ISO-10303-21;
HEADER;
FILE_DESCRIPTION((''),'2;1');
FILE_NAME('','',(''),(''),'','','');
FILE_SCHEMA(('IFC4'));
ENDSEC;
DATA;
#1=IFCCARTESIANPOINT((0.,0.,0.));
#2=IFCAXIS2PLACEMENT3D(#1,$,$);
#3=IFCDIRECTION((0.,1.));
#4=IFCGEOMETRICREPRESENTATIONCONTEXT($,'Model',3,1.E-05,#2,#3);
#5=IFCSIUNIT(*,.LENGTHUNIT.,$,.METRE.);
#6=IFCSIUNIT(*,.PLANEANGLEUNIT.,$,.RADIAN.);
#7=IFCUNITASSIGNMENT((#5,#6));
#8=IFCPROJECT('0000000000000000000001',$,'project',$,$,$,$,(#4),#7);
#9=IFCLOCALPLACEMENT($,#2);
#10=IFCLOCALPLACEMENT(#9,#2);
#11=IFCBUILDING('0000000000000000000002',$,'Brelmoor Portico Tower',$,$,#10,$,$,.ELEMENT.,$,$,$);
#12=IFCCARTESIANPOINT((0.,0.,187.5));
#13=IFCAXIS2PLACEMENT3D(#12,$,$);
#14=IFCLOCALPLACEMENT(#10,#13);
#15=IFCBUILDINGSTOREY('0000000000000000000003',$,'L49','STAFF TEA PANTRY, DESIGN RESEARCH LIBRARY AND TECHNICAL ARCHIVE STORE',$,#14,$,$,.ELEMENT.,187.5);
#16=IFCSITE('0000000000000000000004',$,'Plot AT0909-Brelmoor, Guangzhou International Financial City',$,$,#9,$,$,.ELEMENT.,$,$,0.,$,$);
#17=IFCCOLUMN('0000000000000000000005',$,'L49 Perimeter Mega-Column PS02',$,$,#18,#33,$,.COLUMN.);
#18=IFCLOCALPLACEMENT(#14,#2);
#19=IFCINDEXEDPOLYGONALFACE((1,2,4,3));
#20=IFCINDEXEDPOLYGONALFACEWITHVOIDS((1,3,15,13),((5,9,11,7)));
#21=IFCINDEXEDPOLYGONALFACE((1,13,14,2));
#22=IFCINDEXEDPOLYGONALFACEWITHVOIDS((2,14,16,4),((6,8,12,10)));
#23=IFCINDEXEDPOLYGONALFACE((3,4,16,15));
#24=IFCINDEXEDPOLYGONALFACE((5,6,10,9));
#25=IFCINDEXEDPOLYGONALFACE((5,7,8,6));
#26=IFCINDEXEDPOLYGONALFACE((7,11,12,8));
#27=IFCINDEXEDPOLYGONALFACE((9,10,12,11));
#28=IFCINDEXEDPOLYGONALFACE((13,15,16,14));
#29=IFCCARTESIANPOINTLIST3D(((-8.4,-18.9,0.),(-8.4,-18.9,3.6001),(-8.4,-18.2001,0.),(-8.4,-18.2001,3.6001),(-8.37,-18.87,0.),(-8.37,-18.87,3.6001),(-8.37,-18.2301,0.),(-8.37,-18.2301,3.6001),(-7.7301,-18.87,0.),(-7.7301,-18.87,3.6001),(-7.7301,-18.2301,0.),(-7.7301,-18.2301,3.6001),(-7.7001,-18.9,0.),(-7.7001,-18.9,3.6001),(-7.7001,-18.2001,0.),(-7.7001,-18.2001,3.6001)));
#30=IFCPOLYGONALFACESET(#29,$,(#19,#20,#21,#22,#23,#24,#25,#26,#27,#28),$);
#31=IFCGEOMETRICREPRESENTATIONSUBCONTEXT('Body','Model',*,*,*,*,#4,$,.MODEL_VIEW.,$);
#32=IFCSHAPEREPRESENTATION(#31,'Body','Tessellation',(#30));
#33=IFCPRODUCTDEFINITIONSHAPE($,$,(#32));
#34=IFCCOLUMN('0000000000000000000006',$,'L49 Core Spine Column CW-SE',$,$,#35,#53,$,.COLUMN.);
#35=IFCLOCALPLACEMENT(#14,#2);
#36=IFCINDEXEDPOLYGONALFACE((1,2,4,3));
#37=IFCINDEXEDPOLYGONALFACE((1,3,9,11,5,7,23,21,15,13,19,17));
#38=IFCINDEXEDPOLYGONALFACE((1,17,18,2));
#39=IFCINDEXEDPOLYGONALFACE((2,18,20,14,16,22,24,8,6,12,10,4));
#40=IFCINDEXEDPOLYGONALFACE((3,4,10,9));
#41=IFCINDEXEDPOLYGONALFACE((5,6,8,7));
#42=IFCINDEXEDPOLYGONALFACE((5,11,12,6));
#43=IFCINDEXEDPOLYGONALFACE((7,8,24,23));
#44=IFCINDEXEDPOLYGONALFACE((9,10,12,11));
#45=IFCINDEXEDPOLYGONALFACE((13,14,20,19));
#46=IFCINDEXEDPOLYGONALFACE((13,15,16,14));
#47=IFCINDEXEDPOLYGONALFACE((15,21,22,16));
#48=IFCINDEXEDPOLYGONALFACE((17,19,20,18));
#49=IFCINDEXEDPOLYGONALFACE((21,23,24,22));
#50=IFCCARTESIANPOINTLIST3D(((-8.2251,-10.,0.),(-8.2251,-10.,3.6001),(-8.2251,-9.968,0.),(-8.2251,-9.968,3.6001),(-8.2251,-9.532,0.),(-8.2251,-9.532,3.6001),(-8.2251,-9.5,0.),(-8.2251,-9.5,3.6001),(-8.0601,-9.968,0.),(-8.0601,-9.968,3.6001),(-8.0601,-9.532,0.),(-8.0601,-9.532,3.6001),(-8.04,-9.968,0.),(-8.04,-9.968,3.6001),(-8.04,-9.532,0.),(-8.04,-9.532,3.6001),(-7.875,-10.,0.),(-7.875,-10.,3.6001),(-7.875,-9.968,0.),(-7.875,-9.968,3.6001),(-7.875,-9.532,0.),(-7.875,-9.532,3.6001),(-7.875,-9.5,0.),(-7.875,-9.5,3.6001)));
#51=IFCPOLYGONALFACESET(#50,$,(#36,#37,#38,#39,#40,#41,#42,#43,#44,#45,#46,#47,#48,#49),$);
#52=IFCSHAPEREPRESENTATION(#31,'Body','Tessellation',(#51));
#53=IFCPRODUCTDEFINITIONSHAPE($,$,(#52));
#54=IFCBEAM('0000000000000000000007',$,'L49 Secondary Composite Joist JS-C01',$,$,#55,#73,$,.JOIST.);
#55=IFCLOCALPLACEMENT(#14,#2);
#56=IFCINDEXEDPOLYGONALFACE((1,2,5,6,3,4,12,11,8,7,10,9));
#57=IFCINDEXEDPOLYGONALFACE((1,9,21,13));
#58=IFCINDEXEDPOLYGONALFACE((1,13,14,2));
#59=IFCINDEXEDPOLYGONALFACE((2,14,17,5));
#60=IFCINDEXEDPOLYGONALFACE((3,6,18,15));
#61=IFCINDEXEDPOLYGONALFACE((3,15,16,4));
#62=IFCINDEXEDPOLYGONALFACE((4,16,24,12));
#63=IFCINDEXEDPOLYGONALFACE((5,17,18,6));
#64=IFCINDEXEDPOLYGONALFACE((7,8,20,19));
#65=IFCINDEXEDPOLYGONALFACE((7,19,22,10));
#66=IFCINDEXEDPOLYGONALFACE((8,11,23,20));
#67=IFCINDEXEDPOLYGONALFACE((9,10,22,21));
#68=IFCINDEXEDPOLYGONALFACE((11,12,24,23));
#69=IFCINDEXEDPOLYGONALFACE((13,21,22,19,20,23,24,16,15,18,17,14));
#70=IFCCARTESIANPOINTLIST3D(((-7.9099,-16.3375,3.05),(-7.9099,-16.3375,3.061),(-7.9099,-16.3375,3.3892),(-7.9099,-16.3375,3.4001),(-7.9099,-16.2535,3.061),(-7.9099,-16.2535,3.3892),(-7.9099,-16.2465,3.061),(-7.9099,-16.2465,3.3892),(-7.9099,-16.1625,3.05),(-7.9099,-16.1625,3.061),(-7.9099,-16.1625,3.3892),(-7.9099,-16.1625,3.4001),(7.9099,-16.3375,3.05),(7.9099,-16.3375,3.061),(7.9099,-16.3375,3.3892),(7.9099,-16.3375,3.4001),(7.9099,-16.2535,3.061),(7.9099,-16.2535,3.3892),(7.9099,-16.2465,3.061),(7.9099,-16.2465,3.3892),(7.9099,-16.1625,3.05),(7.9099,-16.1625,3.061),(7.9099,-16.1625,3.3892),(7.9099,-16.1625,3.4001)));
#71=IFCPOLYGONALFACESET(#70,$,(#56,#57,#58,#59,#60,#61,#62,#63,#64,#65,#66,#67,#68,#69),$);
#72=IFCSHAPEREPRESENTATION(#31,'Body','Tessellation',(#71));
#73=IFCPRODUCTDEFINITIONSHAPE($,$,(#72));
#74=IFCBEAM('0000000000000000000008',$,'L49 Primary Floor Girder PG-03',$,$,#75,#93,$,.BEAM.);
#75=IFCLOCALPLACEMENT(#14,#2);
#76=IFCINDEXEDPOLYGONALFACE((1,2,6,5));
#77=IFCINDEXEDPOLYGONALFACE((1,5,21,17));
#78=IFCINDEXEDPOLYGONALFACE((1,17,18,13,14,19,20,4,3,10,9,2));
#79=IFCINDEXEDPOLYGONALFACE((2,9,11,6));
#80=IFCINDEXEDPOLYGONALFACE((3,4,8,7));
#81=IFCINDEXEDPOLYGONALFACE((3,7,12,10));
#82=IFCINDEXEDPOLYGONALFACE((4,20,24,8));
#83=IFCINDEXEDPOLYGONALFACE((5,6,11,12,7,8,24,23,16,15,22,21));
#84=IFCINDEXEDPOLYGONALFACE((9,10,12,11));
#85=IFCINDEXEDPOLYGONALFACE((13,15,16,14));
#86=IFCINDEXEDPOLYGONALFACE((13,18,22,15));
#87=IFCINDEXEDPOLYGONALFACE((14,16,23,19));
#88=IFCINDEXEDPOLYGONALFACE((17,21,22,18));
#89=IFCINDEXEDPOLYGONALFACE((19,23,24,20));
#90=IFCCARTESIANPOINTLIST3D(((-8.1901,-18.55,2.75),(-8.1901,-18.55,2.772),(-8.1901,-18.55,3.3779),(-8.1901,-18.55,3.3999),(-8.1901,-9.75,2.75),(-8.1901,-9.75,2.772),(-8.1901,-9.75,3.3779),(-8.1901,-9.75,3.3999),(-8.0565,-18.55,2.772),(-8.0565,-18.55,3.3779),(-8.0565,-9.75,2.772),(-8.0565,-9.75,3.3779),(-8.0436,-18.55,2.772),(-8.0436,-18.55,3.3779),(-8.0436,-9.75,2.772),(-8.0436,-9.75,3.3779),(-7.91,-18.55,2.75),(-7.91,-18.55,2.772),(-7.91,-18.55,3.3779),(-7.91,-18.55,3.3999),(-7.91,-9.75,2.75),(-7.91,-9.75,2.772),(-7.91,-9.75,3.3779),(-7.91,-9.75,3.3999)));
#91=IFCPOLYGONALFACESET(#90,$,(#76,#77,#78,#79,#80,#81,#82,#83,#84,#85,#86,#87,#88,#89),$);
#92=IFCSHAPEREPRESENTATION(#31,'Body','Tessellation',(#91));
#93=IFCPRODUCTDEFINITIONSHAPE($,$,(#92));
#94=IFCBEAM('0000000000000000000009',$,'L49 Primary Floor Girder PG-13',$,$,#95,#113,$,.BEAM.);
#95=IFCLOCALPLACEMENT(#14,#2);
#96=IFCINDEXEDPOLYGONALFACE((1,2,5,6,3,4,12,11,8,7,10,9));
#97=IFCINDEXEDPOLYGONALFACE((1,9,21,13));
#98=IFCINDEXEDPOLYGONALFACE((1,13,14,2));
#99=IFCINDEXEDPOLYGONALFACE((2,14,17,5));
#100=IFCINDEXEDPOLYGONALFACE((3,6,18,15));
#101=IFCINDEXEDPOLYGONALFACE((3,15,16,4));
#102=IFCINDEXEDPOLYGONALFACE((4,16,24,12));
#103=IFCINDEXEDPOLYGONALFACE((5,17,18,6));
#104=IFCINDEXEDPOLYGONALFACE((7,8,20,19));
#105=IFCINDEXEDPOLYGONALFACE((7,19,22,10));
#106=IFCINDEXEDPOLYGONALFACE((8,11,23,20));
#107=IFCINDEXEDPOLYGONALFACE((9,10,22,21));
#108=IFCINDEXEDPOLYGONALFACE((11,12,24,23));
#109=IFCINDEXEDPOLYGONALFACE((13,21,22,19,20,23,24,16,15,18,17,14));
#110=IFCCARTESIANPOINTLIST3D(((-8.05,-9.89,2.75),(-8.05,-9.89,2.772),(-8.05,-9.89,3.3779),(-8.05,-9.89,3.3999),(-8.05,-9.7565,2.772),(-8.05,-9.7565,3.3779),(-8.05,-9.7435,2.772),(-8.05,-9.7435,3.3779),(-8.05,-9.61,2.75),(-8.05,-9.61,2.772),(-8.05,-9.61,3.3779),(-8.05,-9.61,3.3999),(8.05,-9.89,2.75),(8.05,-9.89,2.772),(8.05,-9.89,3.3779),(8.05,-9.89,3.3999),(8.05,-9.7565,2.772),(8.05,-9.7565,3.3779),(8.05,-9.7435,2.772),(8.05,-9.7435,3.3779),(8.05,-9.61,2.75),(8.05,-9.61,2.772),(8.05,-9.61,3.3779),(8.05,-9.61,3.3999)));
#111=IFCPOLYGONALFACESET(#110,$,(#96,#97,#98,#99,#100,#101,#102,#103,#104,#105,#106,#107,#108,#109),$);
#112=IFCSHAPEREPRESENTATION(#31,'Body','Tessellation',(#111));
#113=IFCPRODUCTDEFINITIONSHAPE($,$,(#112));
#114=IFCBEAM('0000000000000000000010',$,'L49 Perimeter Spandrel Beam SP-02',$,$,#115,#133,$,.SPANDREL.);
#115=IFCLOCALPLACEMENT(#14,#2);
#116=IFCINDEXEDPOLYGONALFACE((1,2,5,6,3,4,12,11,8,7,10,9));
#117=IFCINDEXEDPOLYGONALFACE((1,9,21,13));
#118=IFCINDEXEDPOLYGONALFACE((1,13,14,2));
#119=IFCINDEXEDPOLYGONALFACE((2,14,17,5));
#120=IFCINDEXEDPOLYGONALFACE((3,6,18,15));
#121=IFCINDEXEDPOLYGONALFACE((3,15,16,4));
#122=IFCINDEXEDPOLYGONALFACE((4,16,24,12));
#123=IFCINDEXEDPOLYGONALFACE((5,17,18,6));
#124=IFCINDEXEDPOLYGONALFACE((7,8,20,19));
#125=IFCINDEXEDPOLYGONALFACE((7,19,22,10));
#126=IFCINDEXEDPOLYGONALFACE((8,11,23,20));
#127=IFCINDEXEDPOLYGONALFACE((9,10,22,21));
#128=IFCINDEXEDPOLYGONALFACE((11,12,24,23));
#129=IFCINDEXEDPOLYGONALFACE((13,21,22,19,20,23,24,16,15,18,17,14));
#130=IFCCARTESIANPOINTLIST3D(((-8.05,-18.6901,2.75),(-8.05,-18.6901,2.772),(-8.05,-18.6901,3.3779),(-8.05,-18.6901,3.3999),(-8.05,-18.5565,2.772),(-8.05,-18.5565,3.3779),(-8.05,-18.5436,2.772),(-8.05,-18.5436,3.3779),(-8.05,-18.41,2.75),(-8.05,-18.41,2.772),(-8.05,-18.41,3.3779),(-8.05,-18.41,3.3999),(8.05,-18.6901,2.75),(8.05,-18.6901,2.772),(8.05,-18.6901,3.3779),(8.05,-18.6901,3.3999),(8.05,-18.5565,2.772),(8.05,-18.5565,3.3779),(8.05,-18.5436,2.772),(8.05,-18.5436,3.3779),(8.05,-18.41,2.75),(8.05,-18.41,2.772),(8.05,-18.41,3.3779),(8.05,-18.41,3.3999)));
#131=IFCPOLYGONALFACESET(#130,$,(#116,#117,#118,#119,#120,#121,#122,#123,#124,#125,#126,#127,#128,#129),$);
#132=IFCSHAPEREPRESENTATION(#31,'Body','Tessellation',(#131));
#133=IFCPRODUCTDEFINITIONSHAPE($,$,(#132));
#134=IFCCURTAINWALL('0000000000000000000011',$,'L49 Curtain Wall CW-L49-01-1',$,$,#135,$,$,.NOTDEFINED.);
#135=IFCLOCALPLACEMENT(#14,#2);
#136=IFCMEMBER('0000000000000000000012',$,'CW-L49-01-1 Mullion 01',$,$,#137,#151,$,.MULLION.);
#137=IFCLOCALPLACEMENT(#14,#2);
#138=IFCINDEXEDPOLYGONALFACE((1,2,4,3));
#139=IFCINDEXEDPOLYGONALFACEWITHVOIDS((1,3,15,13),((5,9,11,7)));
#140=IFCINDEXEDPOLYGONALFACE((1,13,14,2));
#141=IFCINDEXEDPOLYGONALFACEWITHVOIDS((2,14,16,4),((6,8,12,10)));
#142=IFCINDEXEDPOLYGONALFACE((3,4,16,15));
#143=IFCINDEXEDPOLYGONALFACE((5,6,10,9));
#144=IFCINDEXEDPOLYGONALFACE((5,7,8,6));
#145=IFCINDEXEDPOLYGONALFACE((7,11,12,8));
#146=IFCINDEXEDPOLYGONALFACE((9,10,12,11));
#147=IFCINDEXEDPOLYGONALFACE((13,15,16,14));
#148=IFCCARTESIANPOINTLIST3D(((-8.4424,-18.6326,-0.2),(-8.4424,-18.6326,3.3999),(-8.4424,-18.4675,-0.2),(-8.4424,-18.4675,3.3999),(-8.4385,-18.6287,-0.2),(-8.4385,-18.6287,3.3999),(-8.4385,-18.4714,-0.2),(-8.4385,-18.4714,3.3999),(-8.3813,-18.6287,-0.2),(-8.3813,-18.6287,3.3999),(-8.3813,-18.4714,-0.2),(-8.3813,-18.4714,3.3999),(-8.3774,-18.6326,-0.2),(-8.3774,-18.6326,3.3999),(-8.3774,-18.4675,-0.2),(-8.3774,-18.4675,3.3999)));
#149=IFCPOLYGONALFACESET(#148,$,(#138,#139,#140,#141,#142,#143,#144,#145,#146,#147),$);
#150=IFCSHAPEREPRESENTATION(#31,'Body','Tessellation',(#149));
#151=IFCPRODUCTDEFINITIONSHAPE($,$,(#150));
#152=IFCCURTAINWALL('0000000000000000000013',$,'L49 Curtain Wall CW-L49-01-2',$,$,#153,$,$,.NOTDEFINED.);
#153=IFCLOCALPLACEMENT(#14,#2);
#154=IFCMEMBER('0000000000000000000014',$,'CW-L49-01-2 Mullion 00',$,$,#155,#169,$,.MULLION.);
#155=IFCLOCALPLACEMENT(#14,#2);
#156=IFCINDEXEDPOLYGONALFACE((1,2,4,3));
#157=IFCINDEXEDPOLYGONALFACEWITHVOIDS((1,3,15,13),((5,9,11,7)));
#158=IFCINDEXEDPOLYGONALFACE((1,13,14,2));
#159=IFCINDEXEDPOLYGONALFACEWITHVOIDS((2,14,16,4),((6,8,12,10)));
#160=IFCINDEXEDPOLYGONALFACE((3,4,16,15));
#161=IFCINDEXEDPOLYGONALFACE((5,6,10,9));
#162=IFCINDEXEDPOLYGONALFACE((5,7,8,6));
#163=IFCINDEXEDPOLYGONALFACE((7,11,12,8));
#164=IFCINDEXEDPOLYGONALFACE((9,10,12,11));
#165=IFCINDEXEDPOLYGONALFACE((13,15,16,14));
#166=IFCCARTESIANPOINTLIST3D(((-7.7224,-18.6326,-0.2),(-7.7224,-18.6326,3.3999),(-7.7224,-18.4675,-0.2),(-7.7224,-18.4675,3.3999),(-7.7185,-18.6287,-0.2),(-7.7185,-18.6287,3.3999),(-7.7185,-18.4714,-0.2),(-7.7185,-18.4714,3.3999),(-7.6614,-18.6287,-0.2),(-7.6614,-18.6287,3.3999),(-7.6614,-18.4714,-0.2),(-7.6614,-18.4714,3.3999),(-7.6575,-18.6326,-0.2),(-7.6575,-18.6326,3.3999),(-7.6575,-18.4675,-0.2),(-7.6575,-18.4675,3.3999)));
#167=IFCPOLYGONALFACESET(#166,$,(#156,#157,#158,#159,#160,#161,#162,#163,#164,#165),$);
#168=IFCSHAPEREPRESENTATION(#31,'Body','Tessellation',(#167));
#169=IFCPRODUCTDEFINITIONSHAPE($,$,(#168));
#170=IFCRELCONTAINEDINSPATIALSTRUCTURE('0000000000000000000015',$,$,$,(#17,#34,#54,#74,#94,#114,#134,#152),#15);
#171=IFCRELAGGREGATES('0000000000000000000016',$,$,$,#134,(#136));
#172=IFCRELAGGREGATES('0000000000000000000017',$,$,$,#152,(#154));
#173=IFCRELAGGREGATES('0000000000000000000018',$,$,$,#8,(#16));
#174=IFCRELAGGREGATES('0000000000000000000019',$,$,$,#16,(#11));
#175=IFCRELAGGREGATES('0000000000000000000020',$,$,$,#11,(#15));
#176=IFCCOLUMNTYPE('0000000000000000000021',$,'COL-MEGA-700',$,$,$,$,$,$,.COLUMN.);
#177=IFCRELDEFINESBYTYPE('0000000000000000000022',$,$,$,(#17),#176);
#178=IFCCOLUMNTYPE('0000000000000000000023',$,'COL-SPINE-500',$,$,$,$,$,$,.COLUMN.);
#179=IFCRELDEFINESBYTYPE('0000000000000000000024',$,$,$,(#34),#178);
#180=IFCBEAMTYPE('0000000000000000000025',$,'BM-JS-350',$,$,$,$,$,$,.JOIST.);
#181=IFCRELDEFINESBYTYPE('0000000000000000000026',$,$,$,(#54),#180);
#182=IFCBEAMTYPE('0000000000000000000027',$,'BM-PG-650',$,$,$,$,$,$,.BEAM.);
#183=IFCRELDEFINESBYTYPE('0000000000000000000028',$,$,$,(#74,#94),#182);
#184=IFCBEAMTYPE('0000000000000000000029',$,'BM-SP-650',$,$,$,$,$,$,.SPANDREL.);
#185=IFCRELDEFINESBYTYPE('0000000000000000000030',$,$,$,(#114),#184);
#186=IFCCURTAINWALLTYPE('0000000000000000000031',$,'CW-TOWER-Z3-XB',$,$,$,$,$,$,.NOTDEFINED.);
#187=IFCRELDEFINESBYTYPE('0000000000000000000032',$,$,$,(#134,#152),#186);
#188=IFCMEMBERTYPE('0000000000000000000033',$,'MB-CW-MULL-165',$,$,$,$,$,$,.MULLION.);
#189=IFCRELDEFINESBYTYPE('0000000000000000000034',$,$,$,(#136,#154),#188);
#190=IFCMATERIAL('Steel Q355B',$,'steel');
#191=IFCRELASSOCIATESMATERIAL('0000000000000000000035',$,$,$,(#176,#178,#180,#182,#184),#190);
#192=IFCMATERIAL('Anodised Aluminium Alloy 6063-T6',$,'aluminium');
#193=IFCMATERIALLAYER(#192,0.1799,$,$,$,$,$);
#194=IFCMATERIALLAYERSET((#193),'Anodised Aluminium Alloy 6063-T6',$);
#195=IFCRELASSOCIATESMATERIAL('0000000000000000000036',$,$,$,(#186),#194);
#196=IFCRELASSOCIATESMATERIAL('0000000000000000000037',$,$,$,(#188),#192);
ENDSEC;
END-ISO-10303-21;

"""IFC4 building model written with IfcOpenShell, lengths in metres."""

from ifc_helpers import new_model, si_unit, direction, frame, origin, origin_2d, place, context, subcontext, project, spatial, hollow_rectangle, i_section, extrude, material, layer, layer_set, material_profile, profile_set, type_object, element, aggregate, save


model = new_model("IFC4")

# Units and contexts
model_context = context("Model", 3, precision=1e-05, world=origin(), true_north=direction((0.0, 1.0)))
body_context = subcontext(model_context, "Body", "Model", "MODEL_VIEW")
ifc_project = project(units=[si_unit("LENGTHUNIT", "METRE"), si_unit("PLANEANGLEUNIT", "RADIAN")], contexts=[model_context])

# Site, building, storey
site_placement = place(None, origin())
site = spatial("IfcSite", under=ifc_project, at=site_placement, Name="Plot AT0909-Brelmoor, Guangzhou International Financial City", CompositionType="ELEMENT", RefElevation=0.0)
building_placement = place(site_placement, origin())
building = spatial("IfcBuilding", under=site, at=building_placement, Name="Brelmoor Portico Tower", CompositionType="ELEMENT")
storey_placement = place(building_placement, frame((0.0, 0.0, 187.5)))
storey = spatial("IfcBuildingStorey", under=building, at=storey_placement, Name="L49", Description="STAFF TEA PANTRY, DESIGN RESEARCH LIBRARY AND TECHNICAL ARCHIVE STORE", CompositionType="ELEMENT", Elevation=187.5)

# Columns
ifc_material_1 = material(Name="Steel Q355B", Category="steel")
ifc_material_profile_1 = material_profile(ifc_material_1, hollow_rectangle(XDim=0.7, YDim=0.7, WallThickness=0.03, at=origin_2d()), Name="BOX 700x700x30")
ifc_profile_set_1 = profile_set([ifc_material_profile_1], Name="Steel Q355B")
column_type_1 = type_object("IfcColumnType", Name="COL-MEGA-700", PredefinedType="COLUMN", material=ifc_profile_set_1)
column_1_placement = place(storey_placement, frame((-8.05, -18.55, 0.0), z_axis=(0.0, 0.0, 1.0), x_axis=(1.0, 0.0, 0.0)))
element("IfcColumn", 1, at=column_1_placement, inside=storey, type_object=column_type_1, Name="L49 Perimeter Mega-Column PS02", PredefinedType="COLUMN", context=body_context, shape_type="SweptSolid", body=[
    extrude(hollow_rectangle(XDim=0.7, YDim=0.7, WallThickness=0.03, at=origin_2d()), origin(), (0.0, 0.0, 1.0), 3.6001),
])
ifc_material_profile_2 = material_profile(ifc_material_1, i_section(OverallWidth=0.3501, OverallDepth=0.5, WebThickness=0.02, FlangeThickness=0.032, at=origin_2d()), Name="HW 500x350x20x32")
ifc_profile_set_2 = profile_set([ifc_material_profile_2], Name="Steel Q355B")
column_type_2 = type_object("IfcColumnType", Name="COL-SPINE-500", PredefinedType="COLUMN", material=ifc_profile_set_2)
column_2_placement = place(storey_placement, frame((-8.05, -9.75, 0.0), z_axis=(0.0, 0.0, 1.0), x_axis=(1.0, 0.0, 0.0)))
element("IfcColumn", 2, at=column_2_placement, inside=storey, type_object=column_type_2, Name="L49 Core Spine Column CW-SE", PredefinedType="COLUMN", context=body_context, shape_type="SweptSolid", body=[
    extrude(i_section(OverallWidth=0.3501, OverallDepth=0.5, WebThickness=0.02, FlangeThickness=0.032, at=origin_2d()), origin(), (0.0, 0.0, 1.0), 3.6001),
])

# Beams
ifc_material_profile_3 = material_profile(ifc_material_1, i_section(OverallWidth=0.175, OverallDepth=0.3501, WebThickness=0.0071, FlangeThickness=0.011, at=origin_2d()), Name="HN 350x175x7x11")
ifc_profile_set_3 = profile_set([ifc_material_profile_3], Name="Steel Q355B")
beam_type_1 = type_object("IfcBeamType", Name="BM-JS-350", PredefinedType="JOIST", material=ifc_profile_set_3)
beam_1_placement = place(storey_placement, frame((-7.9099, -16.25, 3.2251), z_axis=(1.0, 0.0, 0.0), x_axis=(0.0, 1.0, 0.0)))
element("IfcBeam", 3, at=beam_1_placement, inside=storey, type_object=beam_type_1, Name="L49 Secondary Composite Joist JS-C01", PredefinedType="JOIST", context=body_context, shape_type="SweptSolid", body=[
    extrude(i_section(OverallWidth=0.175, OverallDepth=0.3501, WebThickness=0.0071, FlangeThickness=0.011, at=origin_2d()), origin(), (0.0, 0.0, 1.0), 15.8198),
])
ifc_material_profile_4 = material_profile(ifc_material_1, i_section(OverallWidth=0.28, OverallDepth=0.6499, WebThickness=0.0129, FlangeThickness=0.022, at=origin_2d()), Name="HN 650x280x13x22")
ifc_profile_set_4 = profile_set([ifc_material_profile_4], Name="Steel Q355B")
beam_type_2 = type_object("IfcBeamType", Name="BM-PG-650", PredefinedType="BEAM", material=ifc_profile_set_4)
beam_2_placement = place(storey_placement, frame((-8.05, -18.55, 3.075), z_axis=(0.0, 1.0, 0.0), x_axis=(-1.0, 0.0, 0.0)))
element("IfcBeam", 4, at=beam_2_placement, inside=storey, type_object=beam_type_2, Name="L49 Primary Floor Girder PG-03", PredefinedType="BEAM", context=body_context, shape_type="SweptSolid", body=[
    extrude(i_section(OverallWidth=0.28, OverallDepth=0.6499, WebThickness=0.0129, FlangeThickness=0.022, at=origin_2d()), origin(), (0.0, 0.0, 1.0), 8.8),
])
beam_3_placement = place(storey_placement, frame((-8.05, -9.75, 3.075), z_axis=(1.0, 0.0, 0.0), x_axis=(0.0, 1.0, 0.0)))
element("IfcBeam", 5, at=beam_3_placement, inside=storey, type_object=beam_type_2, Name="L49 Primary Floor Girder PG-13", PredefinedType="BEAM", context=body_context, shape_type="SweptSolid", body=[
    extrude(i_section(OverallWidth=0.28, OverallDepth=0.6499, WebThickness=0.0129, FlangeThickness=0.022, at=origin_2d()), origin(), (0.0, 0.0, 1.0), 16.1001),
])
ifc_material_profile_5 = material_profile(ifc_material_1, i_section(OverallWidth=0.28, OverallDepth=0.6499, WebThickness=0.0129, FlangeThickness=0.022, at=origin_2d()), Name="HN 650x280x13x22")
ifc_profile_set_5 = profile_set([ifc_material_profile_5], Name="Steel Q355B")
beam_type_3 = type_object("IfcBeamType", Name="BM-SP-650", PredefinedType="SPANDREL", material=ifc_profile_set_5)
beam_4_placement = place(storey_placement, frame((-8.05, -18.55, 3.075), z_axis=(1.0, 0.0, 0.0), x_axis=(0.0, 1.0, 0.0)))
element("IfcBeam", 6, at=beam_4_placement, inside=storey, type_object=beam_type_3, Name="L49 Perimeter Spandrel Beam SP-02", PredefinedType="SPANDREL", context=body_context, shape_type="SweptSolid", body=[
    extrude(i_section(OverallWidth=0.28, OverallDepth=0.6499, WebThickness=0.0129, FlangeThickness=0.022, at=origin_2d()), origin(), (0.0, 0.0, 1.0), 16.1001),
])

# Curtain wall, member
ifc_material_2 = material(Name="Anodised Aluminium Alloy 6063-T6", Category="aluminium")
ifc_layer_1 = layer(ifc_material_2, 0.1799)
ifc_layer_set_1 = layer_set([ifc_layer_1], Name="Anodised Aluminium Alloy 6063-T6")
curtain_wall_type = type_object("IfcCurtainWallType", Name="CW-TOWER-Z3-XB", PredefinedType="NOTDEFINED", material=ifc_layer_set_1)
curtain_wall_1_placement = place(storey_placement, origin())
curtain_wall_1 = element("IfcCurtainWall", 7, at=curtain_wall_1_placement, inside=storey, type_object=curtain_wall_type, Name="L49 Curtain Wall CW-L49-01-1", PredefinedType="NOTDEFINED")
ifc_material_profile_6 = material_profile(ifc_material_2, hollow_rectangle(XDim=0.0649, YDim=0.165, WallThickness=0.0039, at=origin_2d()), Name="ALU MULLION 65x165")
ifc_profile_set_6 = profile_set([ifc_material_profile_6], Name="Anodised Aluminium Alloy 6063-T6")
member_type_1 = type_object("IfcMemberType", Name="MB-CW-MULL-165", PredefinedType="MULLION", material=ifc_profile_set_6)
member_1_placement = place(storey_placement, frame((-8.4099, -18.55, -0.2), z_axis=(0.0, 0.0, 1.0), x_axis=(1.0, 0.0, 0.0)))
member_1 = element("IfcMember", 8, at=member_1_placement, type_object=member_type_1, Name="CW-L49-01-1 Mullion 01", PredefinedType="MULLION", context=body_context, shape_type="SweptSolid", body=[
    extrude(hollow_rectangle(XDim=0.0649, YDim=0.165, WallThickness=0.0039, at=origin_2d()), origin(), (0.0, 0.0, 1.0), 3.5999),
])

# Curtain wall, member
curtain_wall_2_placement = place(storey_placement, origin())
curtain_wall_2 = element("IfcCurtainWall", 9, at=curtain_wall_2_placement, inside=storey, type_object=curtain_wall_type, Name="L49 Curtain Wall CW-L49-01-2", PredefinedType="NOTDEFINED")
member_2_placement = place(storey_placement, frame((-7.6899, -18.55, -0.2), z_axis=(0.0, 0.0, 1.0), x_axis=(1.0, 0.0, 0.0)))
member_2 = element("IfcMember", 10, at=member_2_placement, type_object=member_type_1, Name="CW-L49-01-2 Mullion 00", PredefinedType="MULLION", context=body_context, shape_type="SweptSolid", body=[
    extrude(hollow_rectangle(XDim=0.0649, YDim=0.165, WallThickness=0.0039, at=origin_2d()), origin(), (0.0, 0.0, 1.0), 3.5999),
])

aggregate(curtain_wall_1, [member_1])
aggregate(curtain_wall_2, [member_2])

save(model, "model.ifc")
